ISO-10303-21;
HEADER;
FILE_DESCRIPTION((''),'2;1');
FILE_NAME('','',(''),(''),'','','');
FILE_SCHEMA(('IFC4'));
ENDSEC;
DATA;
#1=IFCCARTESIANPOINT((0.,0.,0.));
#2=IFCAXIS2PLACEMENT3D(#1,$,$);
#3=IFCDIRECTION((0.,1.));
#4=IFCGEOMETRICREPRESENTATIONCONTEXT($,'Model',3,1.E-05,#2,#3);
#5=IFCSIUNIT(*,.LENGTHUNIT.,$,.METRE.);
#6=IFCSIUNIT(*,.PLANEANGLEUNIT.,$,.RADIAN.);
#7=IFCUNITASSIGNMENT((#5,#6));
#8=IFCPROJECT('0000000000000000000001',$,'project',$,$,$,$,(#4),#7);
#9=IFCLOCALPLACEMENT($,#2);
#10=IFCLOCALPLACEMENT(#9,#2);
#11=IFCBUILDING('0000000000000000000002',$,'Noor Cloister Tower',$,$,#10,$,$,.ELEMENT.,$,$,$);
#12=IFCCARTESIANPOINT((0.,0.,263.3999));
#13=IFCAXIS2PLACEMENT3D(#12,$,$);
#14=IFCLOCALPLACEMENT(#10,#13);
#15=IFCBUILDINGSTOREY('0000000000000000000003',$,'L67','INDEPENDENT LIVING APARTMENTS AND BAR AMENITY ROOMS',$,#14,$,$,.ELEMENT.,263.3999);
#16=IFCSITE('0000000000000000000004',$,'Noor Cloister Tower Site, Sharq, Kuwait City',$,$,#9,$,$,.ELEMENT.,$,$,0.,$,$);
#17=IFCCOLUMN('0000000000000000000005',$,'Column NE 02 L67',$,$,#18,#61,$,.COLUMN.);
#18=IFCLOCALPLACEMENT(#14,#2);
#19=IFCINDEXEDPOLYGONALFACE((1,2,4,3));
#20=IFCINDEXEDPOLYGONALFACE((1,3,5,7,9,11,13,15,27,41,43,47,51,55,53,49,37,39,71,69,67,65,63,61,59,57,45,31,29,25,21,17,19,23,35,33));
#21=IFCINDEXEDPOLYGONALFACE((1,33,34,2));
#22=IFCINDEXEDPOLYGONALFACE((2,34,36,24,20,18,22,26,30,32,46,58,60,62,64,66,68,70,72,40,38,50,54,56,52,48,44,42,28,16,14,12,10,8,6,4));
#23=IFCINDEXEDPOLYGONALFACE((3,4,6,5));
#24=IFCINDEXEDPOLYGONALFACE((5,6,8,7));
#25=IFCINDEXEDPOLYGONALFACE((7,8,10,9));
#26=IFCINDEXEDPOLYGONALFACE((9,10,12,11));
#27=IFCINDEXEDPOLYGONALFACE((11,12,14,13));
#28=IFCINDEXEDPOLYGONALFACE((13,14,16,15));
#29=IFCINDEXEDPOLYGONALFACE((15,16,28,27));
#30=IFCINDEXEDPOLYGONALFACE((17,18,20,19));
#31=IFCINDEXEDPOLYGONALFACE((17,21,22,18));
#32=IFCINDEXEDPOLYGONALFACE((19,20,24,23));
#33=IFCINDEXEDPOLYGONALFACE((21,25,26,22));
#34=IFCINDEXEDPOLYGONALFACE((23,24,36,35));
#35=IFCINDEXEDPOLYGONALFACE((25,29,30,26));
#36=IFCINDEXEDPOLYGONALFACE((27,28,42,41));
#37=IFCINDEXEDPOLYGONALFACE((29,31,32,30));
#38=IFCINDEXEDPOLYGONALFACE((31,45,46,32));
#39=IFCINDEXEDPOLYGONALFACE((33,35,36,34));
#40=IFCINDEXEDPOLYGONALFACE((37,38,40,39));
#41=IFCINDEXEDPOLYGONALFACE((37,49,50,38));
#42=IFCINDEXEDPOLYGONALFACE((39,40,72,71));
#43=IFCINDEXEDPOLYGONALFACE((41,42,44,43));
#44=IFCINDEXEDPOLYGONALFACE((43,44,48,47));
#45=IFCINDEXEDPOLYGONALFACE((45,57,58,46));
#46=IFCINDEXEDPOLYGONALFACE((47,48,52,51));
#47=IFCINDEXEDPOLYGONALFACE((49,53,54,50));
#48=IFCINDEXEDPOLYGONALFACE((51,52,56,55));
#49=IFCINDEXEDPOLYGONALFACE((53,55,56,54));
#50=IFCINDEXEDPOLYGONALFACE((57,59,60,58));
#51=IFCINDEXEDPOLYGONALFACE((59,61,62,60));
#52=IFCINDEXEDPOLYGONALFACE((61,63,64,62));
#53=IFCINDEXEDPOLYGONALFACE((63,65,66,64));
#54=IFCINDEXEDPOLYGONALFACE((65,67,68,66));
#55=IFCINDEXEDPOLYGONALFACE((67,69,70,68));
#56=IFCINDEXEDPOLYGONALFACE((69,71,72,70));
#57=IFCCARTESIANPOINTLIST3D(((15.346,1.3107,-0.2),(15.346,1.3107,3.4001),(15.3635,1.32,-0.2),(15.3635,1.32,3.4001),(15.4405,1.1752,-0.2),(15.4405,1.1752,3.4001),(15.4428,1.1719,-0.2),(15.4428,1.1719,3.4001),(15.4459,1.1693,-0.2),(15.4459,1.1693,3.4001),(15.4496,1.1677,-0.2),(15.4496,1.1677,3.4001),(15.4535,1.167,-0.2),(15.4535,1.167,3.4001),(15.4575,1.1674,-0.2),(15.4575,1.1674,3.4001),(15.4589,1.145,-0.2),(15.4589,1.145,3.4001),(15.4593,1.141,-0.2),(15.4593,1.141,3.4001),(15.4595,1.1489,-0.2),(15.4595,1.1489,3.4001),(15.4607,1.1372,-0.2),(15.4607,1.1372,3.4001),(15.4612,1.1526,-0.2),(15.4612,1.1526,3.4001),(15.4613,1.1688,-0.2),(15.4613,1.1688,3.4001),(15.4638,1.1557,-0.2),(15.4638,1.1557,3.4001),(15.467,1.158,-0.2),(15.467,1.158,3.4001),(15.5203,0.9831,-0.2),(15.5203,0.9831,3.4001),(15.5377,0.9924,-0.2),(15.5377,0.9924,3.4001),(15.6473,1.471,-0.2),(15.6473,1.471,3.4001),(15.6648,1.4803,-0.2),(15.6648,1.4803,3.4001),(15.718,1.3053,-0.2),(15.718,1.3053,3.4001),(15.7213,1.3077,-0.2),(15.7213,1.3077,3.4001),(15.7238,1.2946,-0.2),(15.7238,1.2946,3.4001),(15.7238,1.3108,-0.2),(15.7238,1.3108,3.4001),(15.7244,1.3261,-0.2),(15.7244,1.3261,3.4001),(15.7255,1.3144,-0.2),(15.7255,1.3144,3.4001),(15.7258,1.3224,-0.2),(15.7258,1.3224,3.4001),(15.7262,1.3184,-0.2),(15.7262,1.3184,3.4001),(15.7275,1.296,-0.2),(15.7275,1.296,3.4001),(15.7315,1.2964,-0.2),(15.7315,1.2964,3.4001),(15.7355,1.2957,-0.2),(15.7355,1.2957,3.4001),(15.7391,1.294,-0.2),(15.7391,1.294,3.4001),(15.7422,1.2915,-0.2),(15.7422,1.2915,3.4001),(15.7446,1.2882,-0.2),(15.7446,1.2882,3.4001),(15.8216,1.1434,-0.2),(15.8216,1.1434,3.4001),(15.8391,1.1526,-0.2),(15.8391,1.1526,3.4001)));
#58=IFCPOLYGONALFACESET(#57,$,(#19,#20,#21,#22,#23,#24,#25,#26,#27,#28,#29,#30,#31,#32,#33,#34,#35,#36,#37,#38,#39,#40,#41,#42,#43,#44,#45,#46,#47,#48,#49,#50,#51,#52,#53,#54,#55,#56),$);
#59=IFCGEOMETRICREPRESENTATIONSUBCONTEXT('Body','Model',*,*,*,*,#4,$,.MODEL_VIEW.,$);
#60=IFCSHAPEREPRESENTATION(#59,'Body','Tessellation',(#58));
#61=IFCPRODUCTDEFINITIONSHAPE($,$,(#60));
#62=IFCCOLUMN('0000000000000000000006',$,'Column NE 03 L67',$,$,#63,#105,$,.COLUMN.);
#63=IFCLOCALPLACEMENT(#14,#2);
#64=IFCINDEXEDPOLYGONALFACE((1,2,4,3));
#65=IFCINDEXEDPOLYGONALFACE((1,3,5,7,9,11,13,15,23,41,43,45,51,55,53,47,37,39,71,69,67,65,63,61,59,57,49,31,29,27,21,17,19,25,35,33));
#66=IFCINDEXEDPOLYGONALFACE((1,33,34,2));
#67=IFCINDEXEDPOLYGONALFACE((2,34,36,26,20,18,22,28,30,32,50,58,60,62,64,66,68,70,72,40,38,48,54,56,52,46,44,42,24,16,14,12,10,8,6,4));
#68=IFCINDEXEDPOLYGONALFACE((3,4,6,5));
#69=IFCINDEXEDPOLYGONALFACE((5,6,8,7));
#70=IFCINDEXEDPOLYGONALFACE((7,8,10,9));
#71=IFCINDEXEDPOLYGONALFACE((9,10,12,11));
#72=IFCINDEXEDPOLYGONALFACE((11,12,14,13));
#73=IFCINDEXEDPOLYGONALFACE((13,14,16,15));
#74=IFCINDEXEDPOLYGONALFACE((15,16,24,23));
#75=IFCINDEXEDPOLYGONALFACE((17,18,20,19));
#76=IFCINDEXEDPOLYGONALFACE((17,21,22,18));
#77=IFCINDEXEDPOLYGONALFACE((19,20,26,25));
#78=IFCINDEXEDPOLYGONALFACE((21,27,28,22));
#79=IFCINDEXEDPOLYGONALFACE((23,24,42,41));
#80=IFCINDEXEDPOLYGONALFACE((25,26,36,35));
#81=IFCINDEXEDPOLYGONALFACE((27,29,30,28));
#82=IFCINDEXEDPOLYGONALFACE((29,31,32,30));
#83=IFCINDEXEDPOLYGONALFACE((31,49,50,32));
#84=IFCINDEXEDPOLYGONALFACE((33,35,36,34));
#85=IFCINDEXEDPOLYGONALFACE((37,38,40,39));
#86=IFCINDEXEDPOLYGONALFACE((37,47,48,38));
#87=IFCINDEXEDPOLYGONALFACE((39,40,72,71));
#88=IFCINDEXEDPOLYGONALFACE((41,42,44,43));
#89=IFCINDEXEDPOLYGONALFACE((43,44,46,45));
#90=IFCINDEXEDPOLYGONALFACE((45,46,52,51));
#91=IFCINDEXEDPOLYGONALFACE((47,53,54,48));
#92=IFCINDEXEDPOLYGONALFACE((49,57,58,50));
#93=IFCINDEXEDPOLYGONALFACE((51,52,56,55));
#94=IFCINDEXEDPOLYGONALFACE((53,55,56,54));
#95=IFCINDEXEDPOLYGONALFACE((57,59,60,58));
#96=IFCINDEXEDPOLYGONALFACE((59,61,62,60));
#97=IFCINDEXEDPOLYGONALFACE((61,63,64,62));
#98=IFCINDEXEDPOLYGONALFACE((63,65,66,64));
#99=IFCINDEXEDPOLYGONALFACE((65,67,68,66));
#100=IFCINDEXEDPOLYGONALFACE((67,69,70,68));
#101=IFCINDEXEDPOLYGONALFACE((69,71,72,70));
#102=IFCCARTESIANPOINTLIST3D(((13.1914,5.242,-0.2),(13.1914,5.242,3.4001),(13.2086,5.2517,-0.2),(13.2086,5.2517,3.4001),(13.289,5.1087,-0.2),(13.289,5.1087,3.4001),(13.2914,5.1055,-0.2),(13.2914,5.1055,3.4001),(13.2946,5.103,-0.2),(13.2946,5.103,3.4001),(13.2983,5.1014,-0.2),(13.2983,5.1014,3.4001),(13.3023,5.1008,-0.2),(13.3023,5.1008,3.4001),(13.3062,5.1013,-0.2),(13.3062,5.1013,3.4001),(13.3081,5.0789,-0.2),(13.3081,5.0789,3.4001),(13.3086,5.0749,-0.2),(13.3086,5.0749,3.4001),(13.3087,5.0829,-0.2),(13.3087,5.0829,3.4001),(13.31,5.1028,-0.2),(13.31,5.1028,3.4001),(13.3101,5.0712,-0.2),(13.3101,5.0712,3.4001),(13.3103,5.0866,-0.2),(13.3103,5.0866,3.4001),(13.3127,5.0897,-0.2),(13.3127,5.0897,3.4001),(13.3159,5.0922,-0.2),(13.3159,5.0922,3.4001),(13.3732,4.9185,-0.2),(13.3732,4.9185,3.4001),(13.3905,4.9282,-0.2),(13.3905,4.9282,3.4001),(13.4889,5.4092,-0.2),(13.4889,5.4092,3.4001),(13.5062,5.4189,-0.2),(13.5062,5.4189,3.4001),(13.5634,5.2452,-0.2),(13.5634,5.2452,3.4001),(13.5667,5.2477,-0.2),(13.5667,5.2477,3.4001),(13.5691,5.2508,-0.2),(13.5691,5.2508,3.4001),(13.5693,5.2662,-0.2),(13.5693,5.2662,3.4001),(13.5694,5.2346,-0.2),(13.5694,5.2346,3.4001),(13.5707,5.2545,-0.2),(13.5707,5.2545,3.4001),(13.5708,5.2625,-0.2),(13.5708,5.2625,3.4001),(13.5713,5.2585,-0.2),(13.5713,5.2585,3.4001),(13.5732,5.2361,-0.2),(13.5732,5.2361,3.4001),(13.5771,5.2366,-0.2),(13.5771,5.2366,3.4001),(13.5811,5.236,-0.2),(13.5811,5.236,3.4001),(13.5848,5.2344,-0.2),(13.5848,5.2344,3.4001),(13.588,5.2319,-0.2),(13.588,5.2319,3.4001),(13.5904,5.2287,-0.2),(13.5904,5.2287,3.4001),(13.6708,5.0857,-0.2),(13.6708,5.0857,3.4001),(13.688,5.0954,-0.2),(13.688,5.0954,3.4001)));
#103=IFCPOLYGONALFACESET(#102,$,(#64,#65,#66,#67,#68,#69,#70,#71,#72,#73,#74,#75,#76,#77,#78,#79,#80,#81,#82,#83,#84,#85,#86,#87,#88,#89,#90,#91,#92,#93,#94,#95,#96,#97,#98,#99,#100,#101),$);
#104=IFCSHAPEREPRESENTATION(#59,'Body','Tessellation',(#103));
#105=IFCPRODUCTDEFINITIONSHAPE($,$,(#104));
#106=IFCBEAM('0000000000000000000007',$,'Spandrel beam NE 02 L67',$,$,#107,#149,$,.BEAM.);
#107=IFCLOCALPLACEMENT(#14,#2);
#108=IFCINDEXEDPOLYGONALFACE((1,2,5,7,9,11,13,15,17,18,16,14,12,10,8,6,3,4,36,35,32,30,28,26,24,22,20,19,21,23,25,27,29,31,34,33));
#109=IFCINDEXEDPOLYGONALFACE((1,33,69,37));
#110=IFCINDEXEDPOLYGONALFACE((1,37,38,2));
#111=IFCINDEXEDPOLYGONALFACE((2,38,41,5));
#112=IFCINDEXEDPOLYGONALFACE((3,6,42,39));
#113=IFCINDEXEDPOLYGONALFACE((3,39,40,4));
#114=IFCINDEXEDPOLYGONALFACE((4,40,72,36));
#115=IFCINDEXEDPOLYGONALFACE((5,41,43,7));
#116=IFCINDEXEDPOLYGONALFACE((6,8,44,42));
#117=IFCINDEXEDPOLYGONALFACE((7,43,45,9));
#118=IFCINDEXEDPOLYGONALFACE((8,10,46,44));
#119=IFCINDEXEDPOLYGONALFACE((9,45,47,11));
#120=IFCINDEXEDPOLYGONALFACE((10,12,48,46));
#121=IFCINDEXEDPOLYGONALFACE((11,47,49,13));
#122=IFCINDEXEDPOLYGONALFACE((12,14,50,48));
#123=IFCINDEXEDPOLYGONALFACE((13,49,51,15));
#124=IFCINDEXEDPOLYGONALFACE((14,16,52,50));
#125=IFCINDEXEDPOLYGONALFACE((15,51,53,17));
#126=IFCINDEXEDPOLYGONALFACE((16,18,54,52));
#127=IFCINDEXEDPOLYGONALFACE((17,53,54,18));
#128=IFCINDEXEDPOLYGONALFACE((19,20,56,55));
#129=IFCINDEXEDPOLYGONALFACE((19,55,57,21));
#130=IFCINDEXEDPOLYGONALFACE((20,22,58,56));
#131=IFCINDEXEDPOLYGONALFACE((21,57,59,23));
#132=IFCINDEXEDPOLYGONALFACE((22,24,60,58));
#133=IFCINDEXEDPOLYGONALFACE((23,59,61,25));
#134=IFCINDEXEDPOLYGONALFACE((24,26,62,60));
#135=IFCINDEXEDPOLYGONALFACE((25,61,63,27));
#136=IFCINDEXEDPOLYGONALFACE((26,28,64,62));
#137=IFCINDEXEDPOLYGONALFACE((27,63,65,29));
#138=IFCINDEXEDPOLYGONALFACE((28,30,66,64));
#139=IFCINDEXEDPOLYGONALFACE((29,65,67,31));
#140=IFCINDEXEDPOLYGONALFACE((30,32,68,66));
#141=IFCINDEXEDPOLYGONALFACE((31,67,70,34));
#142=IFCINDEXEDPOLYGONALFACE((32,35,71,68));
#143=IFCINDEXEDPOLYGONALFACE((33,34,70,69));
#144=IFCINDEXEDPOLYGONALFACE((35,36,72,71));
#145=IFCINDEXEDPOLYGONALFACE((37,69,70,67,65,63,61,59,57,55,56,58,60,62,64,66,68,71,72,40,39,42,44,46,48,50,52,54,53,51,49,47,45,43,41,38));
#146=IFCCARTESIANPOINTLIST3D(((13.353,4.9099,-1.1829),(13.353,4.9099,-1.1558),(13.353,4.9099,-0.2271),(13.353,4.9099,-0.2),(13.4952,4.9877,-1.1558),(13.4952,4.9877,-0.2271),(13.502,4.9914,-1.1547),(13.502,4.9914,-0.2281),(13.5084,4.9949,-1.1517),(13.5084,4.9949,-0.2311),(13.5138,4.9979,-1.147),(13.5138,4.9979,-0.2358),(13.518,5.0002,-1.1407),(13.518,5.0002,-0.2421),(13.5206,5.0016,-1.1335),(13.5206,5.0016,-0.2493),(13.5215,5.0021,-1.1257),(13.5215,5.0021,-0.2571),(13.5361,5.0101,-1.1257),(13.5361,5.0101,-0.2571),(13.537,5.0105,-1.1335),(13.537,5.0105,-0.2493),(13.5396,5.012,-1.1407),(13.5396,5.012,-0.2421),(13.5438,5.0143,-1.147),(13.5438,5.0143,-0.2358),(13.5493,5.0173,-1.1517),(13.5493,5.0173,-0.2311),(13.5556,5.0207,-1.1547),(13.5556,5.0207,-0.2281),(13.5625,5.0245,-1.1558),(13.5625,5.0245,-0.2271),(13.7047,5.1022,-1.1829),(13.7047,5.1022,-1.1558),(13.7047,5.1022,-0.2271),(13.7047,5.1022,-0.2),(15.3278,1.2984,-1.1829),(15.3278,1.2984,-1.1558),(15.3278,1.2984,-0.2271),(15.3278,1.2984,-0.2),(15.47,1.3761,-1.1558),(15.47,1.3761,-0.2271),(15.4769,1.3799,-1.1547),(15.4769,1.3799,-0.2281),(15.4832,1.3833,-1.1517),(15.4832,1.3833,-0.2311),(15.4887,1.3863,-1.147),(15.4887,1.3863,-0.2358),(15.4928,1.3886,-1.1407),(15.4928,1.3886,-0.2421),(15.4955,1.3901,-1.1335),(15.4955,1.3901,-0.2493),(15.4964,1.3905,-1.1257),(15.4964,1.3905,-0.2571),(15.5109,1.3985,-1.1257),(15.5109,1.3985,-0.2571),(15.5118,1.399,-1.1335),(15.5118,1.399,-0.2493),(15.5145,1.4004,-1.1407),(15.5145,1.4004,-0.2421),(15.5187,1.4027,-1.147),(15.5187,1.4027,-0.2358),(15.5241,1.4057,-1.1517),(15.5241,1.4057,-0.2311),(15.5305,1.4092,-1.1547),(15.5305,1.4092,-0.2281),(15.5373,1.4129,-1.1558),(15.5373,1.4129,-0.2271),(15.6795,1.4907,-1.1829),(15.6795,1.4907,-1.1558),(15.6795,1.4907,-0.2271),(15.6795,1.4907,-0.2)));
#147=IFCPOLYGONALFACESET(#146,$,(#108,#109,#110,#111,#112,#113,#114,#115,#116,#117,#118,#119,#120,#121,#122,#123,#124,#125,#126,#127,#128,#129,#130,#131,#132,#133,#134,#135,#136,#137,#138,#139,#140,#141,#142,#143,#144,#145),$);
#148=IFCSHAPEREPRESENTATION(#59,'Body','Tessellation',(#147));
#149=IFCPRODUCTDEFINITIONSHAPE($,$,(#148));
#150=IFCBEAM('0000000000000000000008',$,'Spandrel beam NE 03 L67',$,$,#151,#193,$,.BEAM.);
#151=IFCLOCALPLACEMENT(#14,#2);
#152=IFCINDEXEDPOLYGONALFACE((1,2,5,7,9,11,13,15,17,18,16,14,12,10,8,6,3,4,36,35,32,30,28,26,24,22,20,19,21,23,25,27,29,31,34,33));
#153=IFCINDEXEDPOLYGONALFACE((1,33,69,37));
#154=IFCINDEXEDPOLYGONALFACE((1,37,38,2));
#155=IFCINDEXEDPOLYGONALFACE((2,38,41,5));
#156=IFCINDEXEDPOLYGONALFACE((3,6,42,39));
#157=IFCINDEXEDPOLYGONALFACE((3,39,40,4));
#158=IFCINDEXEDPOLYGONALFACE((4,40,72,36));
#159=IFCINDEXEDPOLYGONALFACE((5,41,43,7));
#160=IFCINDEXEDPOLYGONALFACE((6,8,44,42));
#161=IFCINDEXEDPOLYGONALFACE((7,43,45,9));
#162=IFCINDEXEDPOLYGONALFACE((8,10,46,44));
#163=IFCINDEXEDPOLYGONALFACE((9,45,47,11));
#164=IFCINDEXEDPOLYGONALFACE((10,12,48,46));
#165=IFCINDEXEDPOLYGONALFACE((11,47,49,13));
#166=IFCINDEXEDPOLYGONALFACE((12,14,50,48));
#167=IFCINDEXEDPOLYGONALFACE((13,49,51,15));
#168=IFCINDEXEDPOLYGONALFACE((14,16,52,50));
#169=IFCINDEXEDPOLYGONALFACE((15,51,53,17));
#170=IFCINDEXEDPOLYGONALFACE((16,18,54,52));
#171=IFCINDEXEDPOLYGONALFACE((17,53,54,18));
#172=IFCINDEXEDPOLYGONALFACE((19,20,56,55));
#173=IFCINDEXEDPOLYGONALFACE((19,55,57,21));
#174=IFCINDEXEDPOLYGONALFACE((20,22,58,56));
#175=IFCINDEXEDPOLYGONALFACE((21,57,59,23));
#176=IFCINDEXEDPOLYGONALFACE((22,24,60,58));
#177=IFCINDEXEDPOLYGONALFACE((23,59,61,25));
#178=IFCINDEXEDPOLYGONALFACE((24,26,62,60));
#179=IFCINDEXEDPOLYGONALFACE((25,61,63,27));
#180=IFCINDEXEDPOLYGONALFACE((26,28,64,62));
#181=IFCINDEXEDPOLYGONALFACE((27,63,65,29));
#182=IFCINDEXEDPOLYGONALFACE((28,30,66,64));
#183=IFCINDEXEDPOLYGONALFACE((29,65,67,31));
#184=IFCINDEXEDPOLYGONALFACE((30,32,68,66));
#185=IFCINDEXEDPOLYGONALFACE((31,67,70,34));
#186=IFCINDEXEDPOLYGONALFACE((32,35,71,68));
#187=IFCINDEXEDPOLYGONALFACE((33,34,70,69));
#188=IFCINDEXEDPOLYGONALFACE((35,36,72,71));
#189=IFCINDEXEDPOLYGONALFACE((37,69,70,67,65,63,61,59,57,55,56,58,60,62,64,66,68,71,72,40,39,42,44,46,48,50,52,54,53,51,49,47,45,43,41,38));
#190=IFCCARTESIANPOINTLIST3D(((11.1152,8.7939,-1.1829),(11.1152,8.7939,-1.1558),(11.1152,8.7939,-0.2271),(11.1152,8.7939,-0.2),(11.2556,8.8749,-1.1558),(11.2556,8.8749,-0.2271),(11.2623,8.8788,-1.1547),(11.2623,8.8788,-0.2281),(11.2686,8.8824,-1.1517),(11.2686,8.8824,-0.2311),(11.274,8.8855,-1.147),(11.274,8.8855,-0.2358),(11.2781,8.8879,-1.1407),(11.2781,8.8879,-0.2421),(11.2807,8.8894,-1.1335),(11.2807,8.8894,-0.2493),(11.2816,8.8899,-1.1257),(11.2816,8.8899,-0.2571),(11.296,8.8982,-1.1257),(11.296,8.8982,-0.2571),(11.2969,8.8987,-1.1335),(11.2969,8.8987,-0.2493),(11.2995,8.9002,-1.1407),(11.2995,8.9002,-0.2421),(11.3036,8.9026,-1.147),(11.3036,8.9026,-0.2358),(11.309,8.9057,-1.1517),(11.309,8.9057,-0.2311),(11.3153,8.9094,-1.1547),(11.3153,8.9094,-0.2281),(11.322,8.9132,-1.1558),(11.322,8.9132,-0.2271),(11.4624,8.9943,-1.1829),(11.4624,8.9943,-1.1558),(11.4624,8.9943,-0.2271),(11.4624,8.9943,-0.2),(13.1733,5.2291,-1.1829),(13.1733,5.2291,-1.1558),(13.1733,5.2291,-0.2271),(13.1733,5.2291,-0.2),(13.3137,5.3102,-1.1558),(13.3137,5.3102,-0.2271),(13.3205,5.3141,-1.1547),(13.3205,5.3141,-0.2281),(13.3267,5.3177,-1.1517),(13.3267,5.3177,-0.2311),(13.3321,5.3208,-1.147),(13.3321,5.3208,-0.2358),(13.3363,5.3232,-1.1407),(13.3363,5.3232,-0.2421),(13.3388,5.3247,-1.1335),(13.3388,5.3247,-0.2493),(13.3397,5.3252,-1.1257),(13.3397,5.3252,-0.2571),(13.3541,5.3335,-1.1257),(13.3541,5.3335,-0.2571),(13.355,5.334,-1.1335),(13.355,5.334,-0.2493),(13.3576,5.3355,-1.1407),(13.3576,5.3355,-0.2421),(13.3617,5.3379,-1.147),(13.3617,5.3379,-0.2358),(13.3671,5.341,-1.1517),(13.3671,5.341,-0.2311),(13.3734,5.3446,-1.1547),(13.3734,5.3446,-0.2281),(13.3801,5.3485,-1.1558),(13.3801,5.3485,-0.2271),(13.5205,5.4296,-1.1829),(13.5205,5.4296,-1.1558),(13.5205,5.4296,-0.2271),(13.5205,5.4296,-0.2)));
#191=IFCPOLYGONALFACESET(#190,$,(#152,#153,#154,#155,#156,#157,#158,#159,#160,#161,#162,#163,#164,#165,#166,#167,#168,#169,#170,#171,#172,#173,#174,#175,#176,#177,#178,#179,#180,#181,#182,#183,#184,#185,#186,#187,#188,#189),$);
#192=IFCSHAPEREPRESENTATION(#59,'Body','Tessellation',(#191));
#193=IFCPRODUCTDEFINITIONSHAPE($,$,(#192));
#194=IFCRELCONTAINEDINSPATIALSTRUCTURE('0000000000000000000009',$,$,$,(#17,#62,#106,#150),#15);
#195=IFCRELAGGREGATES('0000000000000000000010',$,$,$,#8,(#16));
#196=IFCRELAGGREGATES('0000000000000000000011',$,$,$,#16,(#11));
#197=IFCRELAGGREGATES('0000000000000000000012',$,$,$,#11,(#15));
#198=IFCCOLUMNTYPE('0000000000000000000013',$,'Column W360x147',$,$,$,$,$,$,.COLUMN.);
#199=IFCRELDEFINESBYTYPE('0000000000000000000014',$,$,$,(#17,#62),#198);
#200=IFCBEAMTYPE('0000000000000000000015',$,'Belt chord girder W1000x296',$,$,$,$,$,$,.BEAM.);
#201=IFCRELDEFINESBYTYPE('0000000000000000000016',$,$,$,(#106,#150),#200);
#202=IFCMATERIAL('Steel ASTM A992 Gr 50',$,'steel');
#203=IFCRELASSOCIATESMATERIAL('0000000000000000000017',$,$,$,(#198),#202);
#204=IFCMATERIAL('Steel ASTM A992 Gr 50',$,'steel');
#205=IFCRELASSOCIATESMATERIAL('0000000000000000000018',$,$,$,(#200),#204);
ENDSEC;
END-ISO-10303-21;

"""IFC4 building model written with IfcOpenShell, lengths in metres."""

from ifc_helpers import new_model, si_unit, direction, frame, origin, origin_2d, place, context, subcontext, project, spatial, i_section, extrude, material, material_profile, profile_set, type_object, element, save


model = new_model("IFC4")

# Units and contexts
model_context = context("Model", 3, precision=1e-05, world=origin(), true_north=direction((0.0, 1.0)))
body_context = subcontext(model_context, "Body", "Model", "MODEL_VIEW")
ifc_project = project(units=[si_unit("LENGTHUNIT", "METRE"), si_unit("PLANEANGLEUNIT", "RADIAN")], contexts=[model_context])

# Site, building, storey
site_placement = place(None, origin())
site = spatial("IfcSite", under=ifc_project, at=site_placement, Name="Noor Cloister Tower Site, Sharq, Kuwait City", CompositionType="ELEMENT", RefElevation=0.0)
building_placement = place(site_placement, origin())
building = spatial("IfcBuilding", under=site, at=building_placement, Name="Noor Cloister Tower", CompositionType="ELEMENT")
storey_placement = place(building_placement, frame((0.0, 0.0, 263.3999)))
storey = spatial("IfcBuildingStorey", under=building, at=storey_placement, Name="L67", Description="INDEPENDENT LIVING APARTMENTS AND BAR AMENITY ROOMS", CompositionType="ELEMENT", Elevation=263.3999)

# Columns
ifc_material_1 = material(Name="Steel ASTM A992 Gr 50", Category="steel")
ifc_material_profile_1 = material_profile(ifc_material_1, i_section(OverallWidth=0.3711, OverallDepth=0.3611, WebThickness=0.0122, FlangeThickness=0.0198, FilletRadius=0.0154, at=origin_2d()), Name="W360x147")
ifc_profile_set_1 = profile_set([ifc_material_profile_1], Name="Steel ASTM A992 Gr 50")
column_type = type_object("IfcColumnType", Name="Column W360x147", PredefinedType="COLUMN", material=ifc_profile_set_1)
for number, where, z_axis, x_axis, name in (
    (1, (15.5925, 1.2317, -0.2), (0.0, 0.0, 1.0), (-0.469576, 0.882892, 0.0), "Column NE 02 L67"),
    (2, (13.4397, 5.1687, -0.2), (0.0, 0.0, 1.0), (-0.489924, 0.871765, 0.0), "Column NE 03 L67"),
):
    element("IfcColumn", number, at=place(storey_placement, frame(where, z_axis=z_axis, x_axis=x_axis)), inside=storey, type_object=column_type, Name=name, PredefinedType="COLUMN", context=body_context, shape_type="SweptSolid", body=[
        extrude(i_section(OverallWidth=0.3711, OverallDepth=0.3611, WebThickness=0.0122, FlangeThickness=0.0198, FilletRadius=0.0154, at=origin_2d()), origin(), (0.0, 0.0, 1.0), 3.6001),
    ])

# Beams
ifc_material_2 = material(Name="Steel ASTM A992 Gr 50", Category="steel")
ifc_material_profile_2 = material_profile(ifc_material_2, i_section(OverallWidth=0.4009, OverallDepth=0.9829, WebThickness=0.0166, FlangeThickness=0.0271, FilletRadius=0.03, at=origin_2d()), Name="W1000x296")
ifc_profile_set_2 = profile_set([ifc_material_profile_2], Name="Steel ASTM A992 Gr 50")
beam_type_1 = type_object("IfcBeamType", Name="Belt chord girder W1000x296", PredefinedType="BEAM", material=ifc_profile_set_2)
for number, where, z_axis, x_axis, name in (
    (3, (15.5037, 1.3945, -0.6914), (-0.47977, 0.877394, 0.0), (-0.877394, -0.47977, 0.0), "Spandrel beam NE 02 L67"),
    (4, (13.3469, 5.3293, -0.6914), (-0.500005, 0.866023, 0.0), (-0.866023, -0.500005, 0.0), "Spandrel beam NE 03 L67"),
):
    element("IfcBeam", number, at=place(storey_placement, frame(where, z_axis=z_axis, x_axis=x_axis)), inside=storey, type_object=beam_type_1, Name=name, PredefinedType="BEAM", context=body_context, shape_type="SweptSolid", body=[
        extrude(i_section(OverallWidth=0.4009, OverallDepth=0.9829, WebThickness=0.0166, FlangeThickness=0.0271, FilletRadius=0.03, at=origin_2d()), origin(), (0.0, 0.0, 1.0), 4.1162),
    ])

save(model, "model.ifc")
